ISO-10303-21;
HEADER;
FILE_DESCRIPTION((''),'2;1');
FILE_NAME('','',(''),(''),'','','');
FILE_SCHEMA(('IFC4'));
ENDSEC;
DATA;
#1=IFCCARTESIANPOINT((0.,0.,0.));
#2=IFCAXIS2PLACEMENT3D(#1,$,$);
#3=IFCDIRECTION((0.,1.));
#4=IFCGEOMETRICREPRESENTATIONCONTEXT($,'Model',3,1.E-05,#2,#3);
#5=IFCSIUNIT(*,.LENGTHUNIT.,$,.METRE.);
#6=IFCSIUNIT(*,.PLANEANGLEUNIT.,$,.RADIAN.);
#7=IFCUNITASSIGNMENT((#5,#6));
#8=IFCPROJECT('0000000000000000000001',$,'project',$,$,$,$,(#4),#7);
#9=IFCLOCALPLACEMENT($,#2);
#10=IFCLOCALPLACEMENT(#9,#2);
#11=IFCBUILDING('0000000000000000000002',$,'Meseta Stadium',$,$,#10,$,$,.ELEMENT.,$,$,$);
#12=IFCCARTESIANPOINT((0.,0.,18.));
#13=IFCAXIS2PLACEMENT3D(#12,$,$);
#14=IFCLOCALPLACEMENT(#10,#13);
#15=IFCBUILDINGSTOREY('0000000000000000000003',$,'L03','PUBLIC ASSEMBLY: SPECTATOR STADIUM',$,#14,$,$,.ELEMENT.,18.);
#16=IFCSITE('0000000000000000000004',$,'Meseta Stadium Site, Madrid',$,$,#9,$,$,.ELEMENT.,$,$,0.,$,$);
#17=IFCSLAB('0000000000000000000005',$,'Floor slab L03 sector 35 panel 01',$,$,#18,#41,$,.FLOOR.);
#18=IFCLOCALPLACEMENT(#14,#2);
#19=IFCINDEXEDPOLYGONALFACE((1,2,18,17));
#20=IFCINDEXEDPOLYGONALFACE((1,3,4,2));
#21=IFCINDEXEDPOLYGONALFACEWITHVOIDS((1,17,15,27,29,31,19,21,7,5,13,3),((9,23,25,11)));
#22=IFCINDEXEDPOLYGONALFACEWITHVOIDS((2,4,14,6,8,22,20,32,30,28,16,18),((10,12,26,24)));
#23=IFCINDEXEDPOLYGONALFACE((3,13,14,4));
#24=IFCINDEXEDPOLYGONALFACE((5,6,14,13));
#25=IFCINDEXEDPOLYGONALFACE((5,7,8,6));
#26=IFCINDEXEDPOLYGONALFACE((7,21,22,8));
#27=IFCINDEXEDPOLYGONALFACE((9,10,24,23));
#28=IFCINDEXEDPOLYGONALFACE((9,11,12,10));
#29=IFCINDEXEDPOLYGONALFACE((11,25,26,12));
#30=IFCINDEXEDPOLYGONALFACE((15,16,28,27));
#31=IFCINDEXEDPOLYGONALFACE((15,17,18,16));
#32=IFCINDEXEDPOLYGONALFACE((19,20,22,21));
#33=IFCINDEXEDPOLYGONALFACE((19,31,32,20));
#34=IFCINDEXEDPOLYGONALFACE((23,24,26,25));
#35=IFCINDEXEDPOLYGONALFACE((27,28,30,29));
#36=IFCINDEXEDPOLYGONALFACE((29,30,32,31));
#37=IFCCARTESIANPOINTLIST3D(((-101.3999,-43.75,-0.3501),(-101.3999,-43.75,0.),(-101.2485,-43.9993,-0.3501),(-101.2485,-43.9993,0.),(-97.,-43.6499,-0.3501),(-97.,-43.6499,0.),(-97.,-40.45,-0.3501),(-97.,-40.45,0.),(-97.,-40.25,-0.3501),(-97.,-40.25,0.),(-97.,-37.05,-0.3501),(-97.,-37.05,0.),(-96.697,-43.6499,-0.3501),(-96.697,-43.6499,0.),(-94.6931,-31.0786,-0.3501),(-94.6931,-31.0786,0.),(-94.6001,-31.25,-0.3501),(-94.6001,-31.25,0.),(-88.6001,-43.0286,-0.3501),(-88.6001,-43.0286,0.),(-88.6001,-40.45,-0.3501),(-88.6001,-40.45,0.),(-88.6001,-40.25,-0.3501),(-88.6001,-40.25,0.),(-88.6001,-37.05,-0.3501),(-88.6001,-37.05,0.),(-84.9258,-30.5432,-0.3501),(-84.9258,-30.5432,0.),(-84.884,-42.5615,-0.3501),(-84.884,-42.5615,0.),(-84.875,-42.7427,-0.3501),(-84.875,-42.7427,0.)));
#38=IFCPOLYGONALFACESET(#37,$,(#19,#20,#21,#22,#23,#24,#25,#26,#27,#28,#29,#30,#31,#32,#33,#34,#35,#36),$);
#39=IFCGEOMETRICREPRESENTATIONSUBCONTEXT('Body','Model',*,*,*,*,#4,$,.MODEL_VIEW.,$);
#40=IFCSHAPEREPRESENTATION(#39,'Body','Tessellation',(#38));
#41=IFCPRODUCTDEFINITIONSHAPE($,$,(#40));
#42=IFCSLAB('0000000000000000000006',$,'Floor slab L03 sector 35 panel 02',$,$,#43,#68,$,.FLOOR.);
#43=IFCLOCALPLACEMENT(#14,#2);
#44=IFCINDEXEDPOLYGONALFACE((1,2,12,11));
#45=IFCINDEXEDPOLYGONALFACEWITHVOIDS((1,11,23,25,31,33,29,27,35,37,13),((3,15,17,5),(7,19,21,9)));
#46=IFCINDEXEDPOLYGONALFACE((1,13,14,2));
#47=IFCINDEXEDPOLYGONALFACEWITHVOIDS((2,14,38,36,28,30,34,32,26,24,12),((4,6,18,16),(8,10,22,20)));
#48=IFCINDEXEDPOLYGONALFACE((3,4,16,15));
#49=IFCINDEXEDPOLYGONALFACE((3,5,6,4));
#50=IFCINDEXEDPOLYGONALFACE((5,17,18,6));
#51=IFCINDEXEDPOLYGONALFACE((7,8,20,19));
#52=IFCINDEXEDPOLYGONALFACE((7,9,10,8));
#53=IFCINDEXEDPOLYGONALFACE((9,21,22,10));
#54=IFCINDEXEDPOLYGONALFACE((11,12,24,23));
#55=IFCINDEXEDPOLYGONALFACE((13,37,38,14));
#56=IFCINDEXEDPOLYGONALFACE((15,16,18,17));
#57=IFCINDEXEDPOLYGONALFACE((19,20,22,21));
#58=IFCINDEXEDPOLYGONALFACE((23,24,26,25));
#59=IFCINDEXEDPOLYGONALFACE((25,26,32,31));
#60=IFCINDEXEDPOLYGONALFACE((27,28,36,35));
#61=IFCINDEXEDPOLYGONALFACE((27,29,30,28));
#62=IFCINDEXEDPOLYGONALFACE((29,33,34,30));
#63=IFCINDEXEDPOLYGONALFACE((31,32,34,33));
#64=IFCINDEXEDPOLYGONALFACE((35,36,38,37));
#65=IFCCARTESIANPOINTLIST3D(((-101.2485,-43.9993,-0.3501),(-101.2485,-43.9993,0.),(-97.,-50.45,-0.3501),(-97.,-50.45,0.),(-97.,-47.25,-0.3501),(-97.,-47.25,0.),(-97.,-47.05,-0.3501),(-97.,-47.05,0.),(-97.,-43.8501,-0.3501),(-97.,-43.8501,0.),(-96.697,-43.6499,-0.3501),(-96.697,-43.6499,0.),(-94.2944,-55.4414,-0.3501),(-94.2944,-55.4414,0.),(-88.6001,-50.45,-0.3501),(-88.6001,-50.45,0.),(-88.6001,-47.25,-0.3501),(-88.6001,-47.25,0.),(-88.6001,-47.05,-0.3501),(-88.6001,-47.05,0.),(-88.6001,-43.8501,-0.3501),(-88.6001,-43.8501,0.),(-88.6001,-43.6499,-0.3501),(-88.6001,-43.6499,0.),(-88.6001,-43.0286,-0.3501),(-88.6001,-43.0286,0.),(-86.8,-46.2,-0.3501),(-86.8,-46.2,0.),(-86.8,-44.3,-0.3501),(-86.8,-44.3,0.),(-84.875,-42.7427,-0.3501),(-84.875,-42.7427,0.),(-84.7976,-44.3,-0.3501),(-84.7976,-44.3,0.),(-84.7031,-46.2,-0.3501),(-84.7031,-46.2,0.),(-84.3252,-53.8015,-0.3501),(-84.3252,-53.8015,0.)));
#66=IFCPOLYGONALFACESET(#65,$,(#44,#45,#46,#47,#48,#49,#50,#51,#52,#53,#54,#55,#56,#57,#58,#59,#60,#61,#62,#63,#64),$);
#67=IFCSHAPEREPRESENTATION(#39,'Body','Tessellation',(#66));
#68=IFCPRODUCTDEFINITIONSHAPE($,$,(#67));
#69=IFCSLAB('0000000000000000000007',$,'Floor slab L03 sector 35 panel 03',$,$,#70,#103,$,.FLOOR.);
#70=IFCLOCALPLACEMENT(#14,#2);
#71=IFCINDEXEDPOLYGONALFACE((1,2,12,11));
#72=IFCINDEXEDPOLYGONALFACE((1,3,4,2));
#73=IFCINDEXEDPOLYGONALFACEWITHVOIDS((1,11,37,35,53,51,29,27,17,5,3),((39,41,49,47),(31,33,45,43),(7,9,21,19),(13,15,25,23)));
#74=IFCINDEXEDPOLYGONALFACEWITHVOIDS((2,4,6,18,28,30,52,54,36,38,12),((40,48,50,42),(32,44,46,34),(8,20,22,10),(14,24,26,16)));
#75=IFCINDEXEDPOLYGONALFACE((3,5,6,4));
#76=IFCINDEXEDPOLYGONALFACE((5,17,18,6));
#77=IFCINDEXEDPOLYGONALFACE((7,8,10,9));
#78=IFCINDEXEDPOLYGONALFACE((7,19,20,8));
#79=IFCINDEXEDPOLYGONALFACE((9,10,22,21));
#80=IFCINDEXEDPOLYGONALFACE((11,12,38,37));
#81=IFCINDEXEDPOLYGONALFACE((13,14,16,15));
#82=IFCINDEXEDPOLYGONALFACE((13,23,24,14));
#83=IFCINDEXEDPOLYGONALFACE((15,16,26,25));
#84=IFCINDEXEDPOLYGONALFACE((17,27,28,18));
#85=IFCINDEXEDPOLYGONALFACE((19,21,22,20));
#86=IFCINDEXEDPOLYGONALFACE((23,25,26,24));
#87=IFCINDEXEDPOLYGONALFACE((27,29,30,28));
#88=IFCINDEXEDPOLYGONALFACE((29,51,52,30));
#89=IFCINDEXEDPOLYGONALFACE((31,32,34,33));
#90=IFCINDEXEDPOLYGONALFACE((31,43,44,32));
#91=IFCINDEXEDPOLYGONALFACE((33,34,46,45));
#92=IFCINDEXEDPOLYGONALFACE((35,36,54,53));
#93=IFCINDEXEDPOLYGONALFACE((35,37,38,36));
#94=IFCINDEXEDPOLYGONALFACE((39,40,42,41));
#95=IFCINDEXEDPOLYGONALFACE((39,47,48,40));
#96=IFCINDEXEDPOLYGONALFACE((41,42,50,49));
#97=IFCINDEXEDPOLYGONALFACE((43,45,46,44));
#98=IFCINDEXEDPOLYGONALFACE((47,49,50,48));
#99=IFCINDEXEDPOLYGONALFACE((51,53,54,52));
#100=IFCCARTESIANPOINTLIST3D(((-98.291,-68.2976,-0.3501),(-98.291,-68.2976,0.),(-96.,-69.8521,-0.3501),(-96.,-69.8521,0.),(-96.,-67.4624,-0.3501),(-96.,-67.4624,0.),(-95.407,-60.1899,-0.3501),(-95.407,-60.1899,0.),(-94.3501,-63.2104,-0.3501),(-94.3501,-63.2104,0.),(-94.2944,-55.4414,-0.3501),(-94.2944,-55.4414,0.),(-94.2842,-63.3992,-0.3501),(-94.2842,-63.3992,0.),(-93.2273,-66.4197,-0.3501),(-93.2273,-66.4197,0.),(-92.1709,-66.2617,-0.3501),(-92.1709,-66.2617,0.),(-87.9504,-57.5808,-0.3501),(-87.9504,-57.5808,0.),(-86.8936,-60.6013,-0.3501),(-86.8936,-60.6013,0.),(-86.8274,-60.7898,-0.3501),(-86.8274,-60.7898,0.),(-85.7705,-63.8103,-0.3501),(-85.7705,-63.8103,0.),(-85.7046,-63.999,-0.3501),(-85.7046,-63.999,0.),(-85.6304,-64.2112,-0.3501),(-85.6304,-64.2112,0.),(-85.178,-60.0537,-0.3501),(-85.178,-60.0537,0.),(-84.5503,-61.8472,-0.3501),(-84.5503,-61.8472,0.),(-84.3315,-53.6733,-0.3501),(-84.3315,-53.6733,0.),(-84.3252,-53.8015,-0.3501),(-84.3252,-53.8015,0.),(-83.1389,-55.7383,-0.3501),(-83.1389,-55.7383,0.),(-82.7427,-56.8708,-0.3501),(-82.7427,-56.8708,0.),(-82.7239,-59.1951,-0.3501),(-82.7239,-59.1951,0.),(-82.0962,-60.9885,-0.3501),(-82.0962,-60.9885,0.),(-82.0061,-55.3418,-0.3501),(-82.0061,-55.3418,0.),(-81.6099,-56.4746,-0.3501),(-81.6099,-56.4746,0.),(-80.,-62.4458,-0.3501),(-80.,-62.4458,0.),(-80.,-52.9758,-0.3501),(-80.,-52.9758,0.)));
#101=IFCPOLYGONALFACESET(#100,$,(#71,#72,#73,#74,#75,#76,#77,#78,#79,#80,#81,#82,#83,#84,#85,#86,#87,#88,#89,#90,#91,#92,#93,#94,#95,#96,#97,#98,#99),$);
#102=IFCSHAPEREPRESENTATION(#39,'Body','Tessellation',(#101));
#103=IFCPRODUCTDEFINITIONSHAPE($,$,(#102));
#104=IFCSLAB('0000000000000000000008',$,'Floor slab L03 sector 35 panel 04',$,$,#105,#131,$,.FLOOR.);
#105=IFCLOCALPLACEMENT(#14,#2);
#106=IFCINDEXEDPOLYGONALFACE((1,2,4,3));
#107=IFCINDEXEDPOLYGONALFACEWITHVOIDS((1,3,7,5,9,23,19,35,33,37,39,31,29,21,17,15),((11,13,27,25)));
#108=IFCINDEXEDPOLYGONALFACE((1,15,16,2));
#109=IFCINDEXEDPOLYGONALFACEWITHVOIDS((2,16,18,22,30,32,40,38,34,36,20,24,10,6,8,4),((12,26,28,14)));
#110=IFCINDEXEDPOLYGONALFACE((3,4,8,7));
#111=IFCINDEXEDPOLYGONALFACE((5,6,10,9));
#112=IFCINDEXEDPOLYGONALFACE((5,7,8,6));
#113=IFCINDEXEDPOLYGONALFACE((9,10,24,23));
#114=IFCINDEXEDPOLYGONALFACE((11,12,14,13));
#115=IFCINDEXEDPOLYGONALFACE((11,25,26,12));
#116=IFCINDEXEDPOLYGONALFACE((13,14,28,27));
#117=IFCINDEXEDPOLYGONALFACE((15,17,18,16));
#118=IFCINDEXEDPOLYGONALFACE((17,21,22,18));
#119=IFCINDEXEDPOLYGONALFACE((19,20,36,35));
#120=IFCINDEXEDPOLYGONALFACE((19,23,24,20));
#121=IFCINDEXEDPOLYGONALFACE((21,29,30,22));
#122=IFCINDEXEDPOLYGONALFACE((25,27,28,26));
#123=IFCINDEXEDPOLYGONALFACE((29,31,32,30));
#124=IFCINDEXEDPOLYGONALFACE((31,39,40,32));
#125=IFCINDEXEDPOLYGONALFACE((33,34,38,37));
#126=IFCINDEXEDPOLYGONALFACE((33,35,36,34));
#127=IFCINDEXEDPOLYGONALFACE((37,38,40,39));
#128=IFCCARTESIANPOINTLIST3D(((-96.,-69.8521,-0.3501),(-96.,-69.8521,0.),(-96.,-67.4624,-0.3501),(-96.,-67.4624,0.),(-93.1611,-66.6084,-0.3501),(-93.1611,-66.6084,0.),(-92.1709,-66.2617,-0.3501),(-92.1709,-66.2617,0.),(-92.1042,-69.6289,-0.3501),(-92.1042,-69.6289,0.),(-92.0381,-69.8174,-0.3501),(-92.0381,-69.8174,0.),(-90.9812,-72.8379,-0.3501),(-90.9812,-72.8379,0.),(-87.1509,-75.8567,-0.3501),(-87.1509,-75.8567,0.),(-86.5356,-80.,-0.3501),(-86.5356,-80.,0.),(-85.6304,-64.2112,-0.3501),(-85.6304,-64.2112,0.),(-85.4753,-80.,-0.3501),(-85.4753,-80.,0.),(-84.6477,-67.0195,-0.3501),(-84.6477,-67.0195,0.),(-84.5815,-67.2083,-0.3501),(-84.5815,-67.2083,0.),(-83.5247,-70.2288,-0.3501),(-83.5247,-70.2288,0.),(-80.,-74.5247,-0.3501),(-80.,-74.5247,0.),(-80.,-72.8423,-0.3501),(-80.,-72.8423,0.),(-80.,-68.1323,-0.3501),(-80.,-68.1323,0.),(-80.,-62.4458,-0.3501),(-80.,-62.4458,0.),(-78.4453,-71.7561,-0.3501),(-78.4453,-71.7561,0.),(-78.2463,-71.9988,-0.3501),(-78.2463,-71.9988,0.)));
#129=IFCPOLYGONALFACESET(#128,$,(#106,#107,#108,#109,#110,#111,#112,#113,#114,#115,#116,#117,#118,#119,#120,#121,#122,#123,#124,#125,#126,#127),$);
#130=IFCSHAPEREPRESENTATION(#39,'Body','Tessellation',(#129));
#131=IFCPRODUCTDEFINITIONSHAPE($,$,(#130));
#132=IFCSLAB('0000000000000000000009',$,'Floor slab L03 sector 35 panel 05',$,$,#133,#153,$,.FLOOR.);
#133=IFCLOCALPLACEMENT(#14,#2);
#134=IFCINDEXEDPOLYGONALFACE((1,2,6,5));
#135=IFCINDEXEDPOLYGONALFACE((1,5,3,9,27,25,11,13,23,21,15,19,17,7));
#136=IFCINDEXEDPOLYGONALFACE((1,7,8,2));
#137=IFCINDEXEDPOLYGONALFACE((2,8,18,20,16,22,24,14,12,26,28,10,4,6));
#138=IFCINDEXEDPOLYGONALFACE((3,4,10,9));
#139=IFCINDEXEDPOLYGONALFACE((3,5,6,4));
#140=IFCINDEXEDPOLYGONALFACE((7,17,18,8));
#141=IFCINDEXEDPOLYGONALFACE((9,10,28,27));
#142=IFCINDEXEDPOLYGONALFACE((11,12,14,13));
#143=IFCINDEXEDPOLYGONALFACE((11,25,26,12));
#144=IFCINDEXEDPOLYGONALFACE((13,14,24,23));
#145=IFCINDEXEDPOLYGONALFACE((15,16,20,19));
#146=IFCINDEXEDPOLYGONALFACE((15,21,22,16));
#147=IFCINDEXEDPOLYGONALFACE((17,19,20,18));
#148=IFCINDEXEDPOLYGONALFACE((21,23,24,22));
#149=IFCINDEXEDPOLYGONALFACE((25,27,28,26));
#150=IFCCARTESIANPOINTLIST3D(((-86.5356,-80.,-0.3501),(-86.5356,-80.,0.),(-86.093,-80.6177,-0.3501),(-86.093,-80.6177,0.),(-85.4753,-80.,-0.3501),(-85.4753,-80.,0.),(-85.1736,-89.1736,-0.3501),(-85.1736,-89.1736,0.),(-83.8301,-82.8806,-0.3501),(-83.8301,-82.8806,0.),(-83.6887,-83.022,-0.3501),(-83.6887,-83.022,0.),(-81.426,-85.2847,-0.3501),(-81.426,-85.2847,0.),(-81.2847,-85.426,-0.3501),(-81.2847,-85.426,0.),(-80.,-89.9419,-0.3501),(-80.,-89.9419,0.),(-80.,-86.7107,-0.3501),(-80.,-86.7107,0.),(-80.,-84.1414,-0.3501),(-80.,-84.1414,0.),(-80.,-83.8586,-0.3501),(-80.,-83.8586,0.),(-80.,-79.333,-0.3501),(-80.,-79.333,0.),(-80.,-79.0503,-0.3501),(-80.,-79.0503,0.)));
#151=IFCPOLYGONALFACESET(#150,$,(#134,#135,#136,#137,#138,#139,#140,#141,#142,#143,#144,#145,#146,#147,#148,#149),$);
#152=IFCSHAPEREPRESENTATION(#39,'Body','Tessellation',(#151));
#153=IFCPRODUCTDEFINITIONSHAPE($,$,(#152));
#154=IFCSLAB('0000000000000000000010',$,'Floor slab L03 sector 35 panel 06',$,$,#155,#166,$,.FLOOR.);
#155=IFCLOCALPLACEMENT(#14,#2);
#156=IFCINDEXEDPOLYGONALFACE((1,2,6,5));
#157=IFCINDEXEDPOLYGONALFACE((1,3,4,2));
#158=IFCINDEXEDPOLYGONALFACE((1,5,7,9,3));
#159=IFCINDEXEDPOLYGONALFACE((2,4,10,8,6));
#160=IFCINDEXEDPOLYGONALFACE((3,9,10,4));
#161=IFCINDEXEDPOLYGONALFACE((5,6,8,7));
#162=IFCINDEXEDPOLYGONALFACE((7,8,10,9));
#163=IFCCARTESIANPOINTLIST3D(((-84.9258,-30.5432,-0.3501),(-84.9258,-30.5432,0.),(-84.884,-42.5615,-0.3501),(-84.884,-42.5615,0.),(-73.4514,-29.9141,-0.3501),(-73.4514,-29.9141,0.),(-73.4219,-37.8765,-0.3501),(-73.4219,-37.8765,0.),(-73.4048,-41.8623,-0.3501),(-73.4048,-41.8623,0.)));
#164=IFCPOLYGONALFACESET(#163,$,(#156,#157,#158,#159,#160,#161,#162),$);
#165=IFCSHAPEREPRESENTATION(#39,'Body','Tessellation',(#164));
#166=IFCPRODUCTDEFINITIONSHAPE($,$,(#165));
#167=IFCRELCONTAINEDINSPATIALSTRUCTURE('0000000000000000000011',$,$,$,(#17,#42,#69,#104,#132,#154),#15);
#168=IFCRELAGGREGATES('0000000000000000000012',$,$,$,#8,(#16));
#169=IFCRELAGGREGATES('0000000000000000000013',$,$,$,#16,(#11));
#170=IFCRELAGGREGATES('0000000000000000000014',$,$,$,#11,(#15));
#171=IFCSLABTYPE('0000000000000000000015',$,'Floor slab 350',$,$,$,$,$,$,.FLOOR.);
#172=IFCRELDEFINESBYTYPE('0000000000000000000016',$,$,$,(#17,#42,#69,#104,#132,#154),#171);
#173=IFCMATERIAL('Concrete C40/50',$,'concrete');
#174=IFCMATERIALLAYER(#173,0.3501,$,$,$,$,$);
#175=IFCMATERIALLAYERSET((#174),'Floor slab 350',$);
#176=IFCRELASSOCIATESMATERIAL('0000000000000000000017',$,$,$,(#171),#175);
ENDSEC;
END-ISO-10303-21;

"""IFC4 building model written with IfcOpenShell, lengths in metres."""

from ifc_helpers import new_model, si_unit, direction, frame, origin, place, context, subcontext, project, spatial, polyline, outline, extrude, material, layer, layer_set, type_object, element, save


model = new_model("IFC4")

# Units and contexts
model_context = context("Model", 3, precision=1e-05, world=origin(), true_north=direction((0.0, 1.0)))
body_context = subcontext(model_context, "Body", "Model", "MODEL_VIEW")
ifc_project = project(units=[si_unit("LENGTHUNIT", "METRE"), si_unit("PLANEANGLEUNIT", "RADIAN")], contexts=[model_context])

# Site, building, storey
site_placement = place(None, origin())
site = spatial("IfcSite", under=ifc_project, at=site_placement, Name="Meseta Stadium Site, Madrid", CompositionType="ELEMENT", RefElevation=0.0)
building_placement = place(site_placement, origin())
building = spatial("IfcBuilding", under=site, at=building_placement, Name="Meseta Stadium", CompositionType="ELEMENT")
storey_placement = place(building_placement, frame((0.0, 0.0, 18.0)))
storey = spatial("IfcBuildingStorey", under=building, at=storey_placement, Name="L03", Description="PUBLIC ASSEMBLY: SPECTATOR STADIUM", CompositionType="ELEMENT", Elevation=18.0)

# Slabs
ifc_material = material(Name="Concrete C40/50", Category="concrete")
ifc_layer = layer(ifc_material, 0.3501)
ifc_layer_set = layer_set([ifc_layer], Name="Floor slab 350")
slab_type = type_object("IfcSlabType", Name="Floor slab 350", PredefinedType="FLOOR", material=ifc_layer_set)
slab_1_placement = place(storey_placement, frame((0.0, 0.0, -0.3501)))
element("IfcSlab", 1, at=slab_1_placement, inside=storey, type_object=slab_type, Name="Floor slab L03 sector 35 panel 01", PredefinedType="FLOOR", context=body_context, shape_type="SweptSolid", body=[
    extrude(outline(polyline([(-94.6001, -31.25), (-101.3999, -43.75), (-101.2485, -43.9993), (-96.697, -43.6499), (-97.0, -43.6499), (-97.0, -40.45), (-88.6001, -40.45), (-88.6001, -43.0286), (-84.875, -42.7427), (-84.884, -42.5615), (-84.9258, -30.5432), (-94.6931, -31.0786), (-94.6001, -31.25)]), holes=[polyline([(-97.0, -40.25), (-97.0, -37.05), (-88.6001, -37.05), (-88.6001, -40.25), (-97.0, -40.25)])]), origin(), (0.0, 0.0, 1.0), 0.3501),
])
slab_2_placement = place(storey_placement, frame((0.0, 0.0, -0.3501)))
element("IfcSlab", 2, at=slab_2_placement, inside=storey, type_object=slab_type, Name="Floor slab L03 sector 35 panel 02", PredefinedType="FLOOR", context=body_context, shape_type="SweptSolid", body=[
    extrude(outline(polyline([(-88.6001, -43.0286), (-88.6001, -43.6499), (-96.697, -43.6499), (-101.2485, -43.9993), (-94.2944, -55.4414), (-84.3252, -53.8015), (-84.7031, -46.2), (-86.8, -46.2), (-86.8, -44.3), (-84.7976, -44.3), (-84.875, -42.7427), (-88.6001, -43.0286)]), holes=[polyline([(-97.0, -47.25), (-88.6001, -47.25), (-88.6001, -50.45), (-97.0, -50.45), (-97.0, -47.25)]), polyline([(-97.0, -47.05), (-97.0, -43.8501), (-88.6001, -43.8501), (-88.6001, -47.05), (-97.0, -47.05)])]), origin(), (0.0, 0.0, 1.0), 0.3501),
])
slab_3_placement = place(storey_placement, frame((0.0, 0.0, -0.3501)))
element("IfcSlab", 3, at=slab_3_placement, inside=storey, type_object=slab_type, Name="Floor slab L03 sector 35 panel 03", PredefinedType="FLOOR", context=body_context, shape_type="SweptSolid", body=[
    extrude(outline(polyline([(-85.6304, -64.2112), (-80.0, -62.4458), (-80.0, -52.9758), (-84.3315, -53.6733), (-84.3252, -53.8015), (-94.2944, -55.4414), (-98.291, -68.2976), (-96.0, -69.8521), (-96.0, -67.4624), (-92.1709, -66.2617), (-85.7046, -63.999), (-85.6304, -64.2112)]), holes=[polyline([(-82.7239, -59.1951), (-82.0962, -60.9885), (-84.5503, -61.8472), (-85.178, -60.0537), (-82.7239, -59.1951)]), polyline([(-94.2842, -63.3992), (-86.8274, -60.7898), (-85.7705, -63.8103), (-93.2273, -66.4197), (-94.2842, -63.3992)]), polyline([(-95.407, -60.1899), (-87.9504, -57.5808), (-86.8936, -60.6013), (-94.3501, -63.2104), (-95.407, -60.1899)]), polyline([(-82.7427, -56.8708), (-83.1389, -55.7383), (-82.0061, -55.3418), (-81.6099, -56.4746), (-82.7427, -56.8708)])]), origin(), (0.0, 0.0, 1.0), 0.3501),
])
slab_4_placement = place(storey_placement, frame((0.0, 0.0, -0.3501)))
element("IfcSlab", 4, at=slab_4_placement, inside=storey, type_object=slab_type, Name="Floor slab L03 sector 35 panel 04", PredefinedType="FLOOR", context=body_context, shape_type="SweptSolid", body=[
    extrude(outline(polyline([(-80.0, -62.4458), (-85.6304, -64.2112), (-84.6477, -67.0195), (-92.1042, -69.6289), (-93.1611, -66.6084), (-92.1709, -66.2617), (-96.0, -67.4624), (-96.0, -69.8521), (-87.1509, -75.8567), (-86.5356, -80.0), (-85.4753, -80.0), (-80.0, -74.5247), (-80.0, -72.8423), (-78.2463, -71.9988), (-78.4453, -71.7561), (-80.0, -68.1323), (-80.0, -62.4458)]), holes=[polyline([(-92.0381, -69.8174), (-84.5815, -67.2083), (-83.5247, -70.2288), (-90.9812, -72.8379), (-92.0381, -69.8174)])]), origin(), (0.0, 0.0, 1.0), 0.3501),
])
slab_5_placement = place(storey_placement, frame((0.0, 0.0, -0.3501)))
element("IfcSlab", 5, at=slab_5_placement, inside=storey, type_object=slab_type, Name="Floor slab L03 sector 35 panel 05", PredefinedType="FLOOR", context=body_context, shape_type="SweptSolid", body=[
    extrude(outline(polyline([(-83.6887, -83.022), (-80.0, -79.333), (-80.0, -79.0503), (-83.8301, -82.8806), (-86.093, -80.6177), (-85.4753, -80.0), (-86.5356, -80.0), (-85.1736, -89.1736), (-80.0, -89.9419), (-80.0, -86.7107), (-81.2847, -85.426), (-80.0, -84.1414), (-80.0, -83.8586), (-81.426, -85.2847), (-83.6887, -83.022)])), origin(), (0.0, 0.0, 1.0), 0.3501),
])
slab_6_placement = place(storey_placement, frame((0.0, 0.0, -0.3501)))
element("IfcSlab", 6, at=slab_6_placement, inside=storey, type_object=slab_type, Name="Floor slab L03 sector 35 panel 06", PredefinedType="FLOOR", context=body_context, shape_type="SweptSolid", body=[
    extrude(outline(polyline([(-73.4219, -37.8765), (-73.4514, -29.9141), (-84.9258, -30.5432), (-84.884, -42.5615), (-73.4048, -41.8623), (-73.4219, -37.8765)])), origin(), (0.0, 0.0, 1.0), 0.3501),
])

save(model, "model.ifc")
